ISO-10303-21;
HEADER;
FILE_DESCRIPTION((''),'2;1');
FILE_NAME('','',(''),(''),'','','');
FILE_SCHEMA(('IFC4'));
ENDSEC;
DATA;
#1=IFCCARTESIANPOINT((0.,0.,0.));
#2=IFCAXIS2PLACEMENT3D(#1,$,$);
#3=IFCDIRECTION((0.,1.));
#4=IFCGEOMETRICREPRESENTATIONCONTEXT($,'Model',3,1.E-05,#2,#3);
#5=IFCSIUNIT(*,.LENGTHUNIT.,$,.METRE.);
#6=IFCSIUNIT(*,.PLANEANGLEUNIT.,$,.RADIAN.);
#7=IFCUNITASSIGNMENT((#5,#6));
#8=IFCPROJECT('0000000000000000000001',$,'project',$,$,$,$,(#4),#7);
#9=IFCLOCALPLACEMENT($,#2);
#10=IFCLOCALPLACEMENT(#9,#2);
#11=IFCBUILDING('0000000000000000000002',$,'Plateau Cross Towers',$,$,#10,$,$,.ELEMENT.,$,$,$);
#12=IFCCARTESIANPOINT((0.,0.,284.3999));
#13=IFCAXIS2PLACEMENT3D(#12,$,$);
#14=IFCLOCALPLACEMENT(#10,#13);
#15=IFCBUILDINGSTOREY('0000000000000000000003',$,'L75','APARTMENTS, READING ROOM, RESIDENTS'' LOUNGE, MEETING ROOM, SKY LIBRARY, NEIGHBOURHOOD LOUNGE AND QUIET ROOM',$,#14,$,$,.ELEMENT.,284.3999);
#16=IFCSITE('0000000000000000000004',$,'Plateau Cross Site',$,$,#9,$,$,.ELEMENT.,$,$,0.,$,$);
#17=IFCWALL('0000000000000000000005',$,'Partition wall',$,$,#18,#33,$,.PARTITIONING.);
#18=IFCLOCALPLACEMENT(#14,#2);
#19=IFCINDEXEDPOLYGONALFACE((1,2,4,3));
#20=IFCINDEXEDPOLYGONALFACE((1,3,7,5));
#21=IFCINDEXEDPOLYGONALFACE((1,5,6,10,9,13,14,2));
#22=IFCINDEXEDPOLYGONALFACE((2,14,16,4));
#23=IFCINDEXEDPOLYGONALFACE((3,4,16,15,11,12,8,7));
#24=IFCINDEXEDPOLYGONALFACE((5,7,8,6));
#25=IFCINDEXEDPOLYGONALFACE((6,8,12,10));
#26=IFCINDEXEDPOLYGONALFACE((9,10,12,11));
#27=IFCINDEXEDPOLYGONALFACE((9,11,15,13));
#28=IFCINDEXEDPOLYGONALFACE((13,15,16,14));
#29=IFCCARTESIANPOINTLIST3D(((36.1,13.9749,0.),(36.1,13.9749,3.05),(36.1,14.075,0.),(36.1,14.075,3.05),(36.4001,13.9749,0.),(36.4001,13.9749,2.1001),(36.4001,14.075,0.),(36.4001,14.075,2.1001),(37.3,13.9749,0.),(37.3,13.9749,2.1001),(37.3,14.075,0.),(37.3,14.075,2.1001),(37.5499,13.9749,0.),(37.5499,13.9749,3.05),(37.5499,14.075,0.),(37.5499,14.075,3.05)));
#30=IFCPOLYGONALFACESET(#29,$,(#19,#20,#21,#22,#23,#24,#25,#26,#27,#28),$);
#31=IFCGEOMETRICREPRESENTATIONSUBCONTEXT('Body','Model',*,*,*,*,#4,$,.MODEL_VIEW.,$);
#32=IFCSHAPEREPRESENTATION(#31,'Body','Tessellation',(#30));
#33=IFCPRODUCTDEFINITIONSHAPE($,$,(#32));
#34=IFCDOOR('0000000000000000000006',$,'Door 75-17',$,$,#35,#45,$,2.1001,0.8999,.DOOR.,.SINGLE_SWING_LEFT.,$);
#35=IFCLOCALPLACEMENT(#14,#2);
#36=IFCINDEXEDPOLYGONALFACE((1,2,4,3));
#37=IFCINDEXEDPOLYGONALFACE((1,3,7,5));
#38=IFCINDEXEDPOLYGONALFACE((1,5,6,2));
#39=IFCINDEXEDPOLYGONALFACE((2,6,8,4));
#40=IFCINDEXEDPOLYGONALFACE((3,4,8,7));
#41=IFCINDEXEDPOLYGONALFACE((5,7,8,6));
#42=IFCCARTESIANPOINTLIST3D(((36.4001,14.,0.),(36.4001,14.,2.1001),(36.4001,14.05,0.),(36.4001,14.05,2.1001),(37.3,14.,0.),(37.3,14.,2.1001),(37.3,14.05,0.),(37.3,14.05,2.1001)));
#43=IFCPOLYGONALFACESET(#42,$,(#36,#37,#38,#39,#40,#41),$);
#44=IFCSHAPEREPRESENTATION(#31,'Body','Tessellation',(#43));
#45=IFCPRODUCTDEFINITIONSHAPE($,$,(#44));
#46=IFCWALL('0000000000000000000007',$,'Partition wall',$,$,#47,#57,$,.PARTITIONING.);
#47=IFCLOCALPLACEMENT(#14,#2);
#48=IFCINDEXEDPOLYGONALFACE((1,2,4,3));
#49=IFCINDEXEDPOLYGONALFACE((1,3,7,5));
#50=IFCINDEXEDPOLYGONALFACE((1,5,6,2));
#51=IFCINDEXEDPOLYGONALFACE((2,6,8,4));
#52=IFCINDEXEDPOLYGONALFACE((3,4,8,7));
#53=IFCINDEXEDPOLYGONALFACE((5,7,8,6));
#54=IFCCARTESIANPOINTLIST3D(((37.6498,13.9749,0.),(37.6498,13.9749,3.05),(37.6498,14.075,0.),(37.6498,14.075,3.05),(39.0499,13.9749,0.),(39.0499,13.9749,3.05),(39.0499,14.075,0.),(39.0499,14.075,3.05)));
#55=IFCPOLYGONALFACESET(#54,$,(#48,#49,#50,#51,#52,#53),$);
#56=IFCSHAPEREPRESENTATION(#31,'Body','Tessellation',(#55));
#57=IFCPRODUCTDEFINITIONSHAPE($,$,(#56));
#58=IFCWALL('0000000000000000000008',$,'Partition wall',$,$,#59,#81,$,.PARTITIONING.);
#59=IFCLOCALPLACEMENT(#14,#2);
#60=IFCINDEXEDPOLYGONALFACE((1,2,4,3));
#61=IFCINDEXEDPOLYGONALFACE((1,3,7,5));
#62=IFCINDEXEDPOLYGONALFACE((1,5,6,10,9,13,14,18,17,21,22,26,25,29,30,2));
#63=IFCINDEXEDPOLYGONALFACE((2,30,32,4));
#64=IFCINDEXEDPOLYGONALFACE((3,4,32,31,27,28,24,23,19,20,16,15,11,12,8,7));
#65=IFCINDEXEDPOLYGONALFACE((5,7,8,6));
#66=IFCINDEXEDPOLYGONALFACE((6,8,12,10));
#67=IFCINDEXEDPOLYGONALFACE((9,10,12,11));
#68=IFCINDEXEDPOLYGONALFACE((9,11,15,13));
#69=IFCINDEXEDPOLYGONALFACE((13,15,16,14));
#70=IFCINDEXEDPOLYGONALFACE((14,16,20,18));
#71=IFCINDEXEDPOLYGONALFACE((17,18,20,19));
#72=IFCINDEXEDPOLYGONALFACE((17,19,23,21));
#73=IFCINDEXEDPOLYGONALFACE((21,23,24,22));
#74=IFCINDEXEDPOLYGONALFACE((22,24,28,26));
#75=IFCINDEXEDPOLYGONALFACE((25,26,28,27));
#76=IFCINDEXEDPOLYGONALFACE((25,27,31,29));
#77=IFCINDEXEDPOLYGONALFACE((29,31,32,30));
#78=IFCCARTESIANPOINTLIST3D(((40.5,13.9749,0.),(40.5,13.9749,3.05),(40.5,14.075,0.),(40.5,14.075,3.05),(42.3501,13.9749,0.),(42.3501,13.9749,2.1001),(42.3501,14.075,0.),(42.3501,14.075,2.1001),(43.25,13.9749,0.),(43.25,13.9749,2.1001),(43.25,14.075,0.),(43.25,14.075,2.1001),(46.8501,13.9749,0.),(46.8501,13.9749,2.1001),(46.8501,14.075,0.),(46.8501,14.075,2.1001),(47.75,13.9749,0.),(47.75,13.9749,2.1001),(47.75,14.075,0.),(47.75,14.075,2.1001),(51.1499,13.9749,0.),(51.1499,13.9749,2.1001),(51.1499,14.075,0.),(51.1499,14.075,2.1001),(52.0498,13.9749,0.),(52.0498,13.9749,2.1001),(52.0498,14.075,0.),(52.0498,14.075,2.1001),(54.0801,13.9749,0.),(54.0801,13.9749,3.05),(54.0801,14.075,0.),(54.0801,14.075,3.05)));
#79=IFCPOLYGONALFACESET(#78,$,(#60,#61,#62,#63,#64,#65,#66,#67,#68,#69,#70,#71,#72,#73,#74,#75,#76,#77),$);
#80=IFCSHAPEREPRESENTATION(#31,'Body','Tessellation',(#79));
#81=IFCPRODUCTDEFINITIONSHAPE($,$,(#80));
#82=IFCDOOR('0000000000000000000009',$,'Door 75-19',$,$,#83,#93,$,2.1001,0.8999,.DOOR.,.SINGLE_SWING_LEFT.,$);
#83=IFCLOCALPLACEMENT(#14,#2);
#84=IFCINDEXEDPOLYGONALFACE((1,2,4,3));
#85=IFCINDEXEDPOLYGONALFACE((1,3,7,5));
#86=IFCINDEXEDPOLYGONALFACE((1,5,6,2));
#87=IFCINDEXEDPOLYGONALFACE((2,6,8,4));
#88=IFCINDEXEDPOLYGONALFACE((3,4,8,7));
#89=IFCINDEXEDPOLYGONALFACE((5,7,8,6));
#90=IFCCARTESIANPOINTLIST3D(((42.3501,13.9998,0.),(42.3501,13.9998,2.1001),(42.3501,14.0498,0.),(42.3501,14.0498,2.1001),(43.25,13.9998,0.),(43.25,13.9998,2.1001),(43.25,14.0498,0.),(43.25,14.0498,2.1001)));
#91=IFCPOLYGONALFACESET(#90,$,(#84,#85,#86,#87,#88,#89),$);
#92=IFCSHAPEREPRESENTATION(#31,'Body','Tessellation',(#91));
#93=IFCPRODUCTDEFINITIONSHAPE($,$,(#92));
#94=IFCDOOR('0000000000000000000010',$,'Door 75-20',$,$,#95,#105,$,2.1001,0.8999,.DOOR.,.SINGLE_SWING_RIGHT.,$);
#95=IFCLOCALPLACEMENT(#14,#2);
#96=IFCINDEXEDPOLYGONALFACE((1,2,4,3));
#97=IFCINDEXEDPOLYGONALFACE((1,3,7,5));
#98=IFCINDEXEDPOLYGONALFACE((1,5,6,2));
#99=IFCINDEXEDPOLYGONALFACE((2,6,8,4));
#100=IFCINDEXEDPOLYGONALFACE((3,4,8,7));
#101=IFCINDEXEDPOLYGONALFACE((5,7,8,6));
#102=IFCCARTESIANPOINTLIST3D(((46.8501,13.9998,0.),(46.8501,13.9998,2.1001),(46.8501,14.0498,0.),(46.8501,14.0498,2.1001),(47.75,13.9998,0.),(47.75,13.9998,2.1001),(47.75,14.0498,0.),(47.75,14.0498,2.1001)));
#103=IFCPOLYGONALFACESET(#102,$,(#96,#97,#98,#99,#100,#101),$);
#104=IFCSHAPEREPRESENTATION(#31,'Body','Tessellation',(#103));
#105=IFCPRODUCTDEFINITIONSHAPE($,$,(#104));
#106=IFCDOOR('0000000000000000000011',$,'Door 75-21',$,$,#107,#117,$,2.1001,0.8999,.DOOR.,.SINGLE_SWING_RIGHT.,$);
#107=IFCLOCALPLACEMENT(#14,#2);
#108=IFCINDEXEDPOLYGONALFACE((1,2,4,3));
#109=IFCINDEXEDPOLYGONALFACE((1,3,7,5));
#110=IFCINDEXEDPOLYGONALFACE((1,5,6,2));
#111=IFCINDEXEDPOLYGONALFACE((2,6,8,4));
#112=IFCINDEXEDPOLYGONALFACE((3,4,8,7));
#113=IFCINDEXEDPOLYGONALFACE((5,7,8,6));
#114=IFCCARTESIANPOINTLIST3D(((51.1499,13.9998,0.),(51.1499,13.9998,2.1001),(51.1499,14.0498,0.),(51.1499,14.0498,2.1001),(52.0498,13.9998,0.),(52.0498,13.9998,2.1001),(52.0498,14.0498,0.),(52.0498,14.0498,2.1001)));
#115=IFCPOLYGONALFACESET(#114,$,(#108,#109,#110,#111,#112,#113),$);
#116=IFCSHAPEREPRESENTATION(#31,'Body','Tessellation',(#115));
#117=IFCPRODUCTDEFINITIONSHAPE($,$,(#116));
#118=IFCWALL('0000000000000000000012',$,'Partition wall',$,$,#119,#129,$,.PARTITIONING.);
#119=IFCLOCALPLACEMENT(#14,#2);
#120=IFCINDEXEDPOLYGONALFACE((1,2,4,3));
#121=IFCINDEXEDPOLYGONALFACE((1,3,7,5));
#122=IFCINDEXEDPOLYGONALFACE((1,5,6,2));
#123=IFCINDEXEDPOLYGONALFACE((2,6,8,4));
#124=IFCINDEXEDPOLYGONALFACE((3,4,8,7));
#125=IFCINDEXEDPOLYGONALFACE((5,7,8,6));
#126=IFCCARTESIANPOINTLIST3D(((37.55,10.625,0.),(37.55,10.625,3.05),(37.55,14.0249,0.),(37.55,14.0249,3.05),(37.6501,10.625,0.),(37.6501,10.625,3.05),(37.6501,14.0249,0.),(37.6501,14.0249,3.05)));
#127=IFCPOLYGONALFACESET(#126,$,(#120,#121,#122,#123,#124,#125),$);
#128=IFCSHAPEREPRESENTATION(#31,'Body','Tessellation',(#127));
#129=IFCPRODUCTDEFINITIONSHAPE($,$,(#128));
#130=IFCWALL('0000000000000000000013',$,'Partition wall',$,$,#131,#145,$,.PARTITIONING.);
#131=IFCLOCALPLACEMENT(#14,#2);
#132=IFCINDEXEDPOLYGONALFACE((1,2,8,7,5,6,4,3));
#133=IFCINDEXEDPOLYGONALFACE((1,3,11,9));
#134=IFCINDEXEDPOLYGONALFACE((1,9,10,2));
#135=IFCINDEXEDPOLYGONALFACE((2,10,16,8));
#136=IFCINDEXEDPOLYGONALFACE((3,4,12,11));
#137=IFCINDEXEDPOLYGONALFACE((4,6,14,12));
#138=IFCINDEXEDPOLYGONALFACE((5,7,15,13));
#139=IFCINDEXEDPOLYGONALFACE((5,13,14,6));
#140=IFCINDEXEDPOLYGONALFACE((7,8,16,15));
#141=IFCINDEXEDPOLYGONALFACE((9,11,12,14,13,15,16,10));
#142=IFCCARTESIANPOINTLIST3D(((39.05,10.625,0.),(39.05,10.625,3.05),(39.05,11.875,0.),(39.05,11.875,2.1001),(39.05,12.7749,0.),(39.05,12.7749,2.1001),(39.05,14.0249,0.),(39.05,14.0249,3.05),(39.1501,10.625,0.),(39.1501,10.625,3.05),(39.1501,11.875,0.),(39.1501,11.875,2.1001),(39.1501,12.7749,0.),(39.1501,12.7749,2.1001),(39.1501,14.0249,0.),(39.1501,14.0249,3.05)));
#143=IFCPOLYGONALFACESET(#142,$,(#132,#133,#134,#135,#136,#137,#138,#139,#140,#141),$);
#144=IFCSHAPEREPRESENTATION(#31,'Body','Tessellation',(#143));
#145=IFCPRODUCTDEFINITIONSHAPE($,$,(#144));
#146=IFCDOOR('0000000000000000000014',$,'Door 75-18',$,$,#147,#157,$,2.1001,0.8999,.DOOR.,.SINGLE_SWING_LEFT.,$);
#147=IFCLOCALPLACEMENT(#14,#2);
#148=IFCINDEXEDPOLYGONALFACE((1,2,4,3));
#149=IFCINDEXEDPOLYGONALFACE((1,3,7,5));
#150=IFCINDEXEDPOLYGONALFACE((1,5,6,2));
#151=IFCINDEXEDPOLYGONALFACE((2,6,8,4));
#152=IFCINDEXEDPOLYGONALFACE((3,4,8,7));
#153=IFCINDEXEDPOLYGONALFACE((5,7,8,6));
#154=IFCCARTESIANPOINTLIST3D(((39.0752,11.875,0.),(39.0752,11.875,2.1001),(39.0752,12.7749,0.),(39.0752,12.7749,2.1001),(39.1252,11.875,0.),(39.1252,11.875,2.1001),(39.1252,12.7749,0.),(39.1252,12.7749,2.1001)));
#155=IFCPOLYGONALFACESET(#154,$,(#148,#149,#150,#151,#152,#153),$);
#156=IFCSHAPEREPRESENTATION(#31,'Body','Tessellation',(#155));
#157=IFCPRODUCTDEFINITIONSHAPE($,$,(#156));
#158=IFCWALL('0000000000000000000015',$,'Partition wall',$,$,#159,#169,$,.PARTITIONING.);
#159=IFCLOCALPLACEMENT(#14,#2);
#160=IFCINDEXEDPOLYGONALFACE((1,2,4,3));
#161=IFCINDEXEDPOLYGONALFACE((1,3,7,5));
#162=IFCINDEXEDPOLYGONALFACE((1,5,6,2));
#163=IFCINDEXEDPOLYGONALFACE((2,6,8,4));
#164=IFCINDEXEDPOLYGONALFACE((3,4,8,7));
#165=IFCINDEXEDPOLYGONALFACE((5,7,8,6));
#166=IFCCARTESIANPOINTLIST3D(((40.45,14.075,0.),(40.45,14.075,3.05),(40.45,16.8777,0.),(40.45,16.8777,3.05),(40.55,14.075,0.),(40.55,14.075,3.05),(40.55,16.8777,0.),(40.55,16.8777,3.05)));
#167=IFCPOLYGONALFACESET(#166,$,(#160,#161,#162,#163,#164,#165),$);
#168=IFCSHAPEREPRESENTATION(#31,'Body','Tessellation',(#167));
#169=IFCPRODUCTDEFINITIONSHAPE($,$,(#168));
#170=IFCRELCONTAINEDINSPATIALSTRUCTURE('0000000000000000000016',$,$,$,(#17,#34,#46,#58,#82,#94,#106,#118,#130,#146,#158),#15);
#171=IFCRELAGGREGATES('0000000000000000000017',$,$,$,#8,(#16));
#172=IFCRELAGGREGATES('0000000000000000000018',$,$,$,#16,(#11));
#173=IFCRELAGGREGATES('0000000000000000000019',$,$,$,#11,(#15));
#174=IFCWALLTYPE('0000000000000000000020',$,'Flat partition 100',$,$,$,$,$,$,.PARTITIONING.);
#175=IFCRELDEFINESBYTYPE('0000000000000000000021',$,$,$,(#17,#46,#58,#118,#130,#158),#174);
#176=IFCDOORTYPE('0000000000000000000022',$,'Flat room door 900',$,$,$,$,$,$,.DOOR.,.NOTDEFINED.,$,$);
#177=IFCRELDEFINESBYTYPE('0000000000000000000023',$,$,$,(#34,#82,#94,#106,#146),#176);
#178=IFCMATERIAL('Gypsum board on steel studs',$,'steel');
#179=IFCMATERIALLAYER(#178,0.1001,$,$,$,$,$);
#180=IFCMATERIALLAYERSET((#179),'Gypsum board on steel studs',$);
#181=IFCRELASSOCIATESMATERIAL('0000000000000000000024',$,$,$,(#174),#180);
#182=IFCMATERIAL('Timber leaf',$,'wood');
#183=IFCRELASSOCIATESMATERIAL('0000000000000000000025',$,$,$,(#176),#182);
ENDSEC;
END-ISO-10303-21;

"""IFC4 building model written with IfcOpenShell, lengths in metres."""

from ifc_helpers import new_model, si_unit, direction, frame, frame_2d, origin, place, context, subcontext, project, spatial, rectangle, extrude, material, layer, layer_set, type_object, element, fill, save


model = new_model("IFC4")

# Units and contexts
model_context = context("Model", 3, precision=1e-05, world=origin(), true_north=direction((0.0, 1.0)))
body_context = subcontext(model_context, "Body", "Model", "MODEL_VIEW")
ifc_project = project(units=[si_unit("LENGTHUNIT", "METRE"), si_unit("PLANEANGLEUNIT", "RADIAN")], contexts=[model_context])

# Site, building, storey
site_placement = place(None, origin())
site = spatial("IfcSite", under=ifc_project, at=site_placement, Name="Plateau Cross Site", CompositionType="ELEMENT", RefElevation=0.0)
building_placement = place(site_placement, origin())
building = spatial("IfcBuilding", under=site, at=building_placement, Name="Plateau Cross Towers", CompositionType="ELEMENT")
storey_placement = place(building_placement, frame((0.0, 0.0, 284.3999)))
storey = spatial("IfcBuildingStorey", under=building, at=storey_placement, Name="L75", Description="APARTMENTS, READING ROOM, RESIDENTS' LOUNGE, MEETING ROOM, SKY LIBRARY, NEIGHBOURHOOD LOUNGE AND QUIET ROOM", CompositionType="ELEMENT", Elevation=284.3999)

# Wall, opening, door
ifc_material_1 = material(Name="Gypsum board on steel studs", Category="steel")
ifc_layer_1 = layer(ifc_material_1, 0.1001)
ifc_layer_set_1 = layer_set([ifc_layer_1], Name="Gypsum board on steel studs")
wall_type_1 = type_object("IfcWallType", Name="Flat partition 100", PredefinedType="PARTITIONING", material=ifc_layer_set_1)
wall_1_placement = place(storey_placement, frame((37.55, 14.0249, 0.0), z_axis=(0.0, 0.0, 1.0), x_axis=(-1.0, 0.0, 0.0)))
wall_1 = element("IfcWall", 1, at=wall_1_placement, inside=storey, type_object=wall_type_1, Name="Partition wall", PredefinedType="PARTITIONING", context=body_context, shape_type="SweptSolid", body=[
    extrude(rectangle(XDim=1.45, YDim=0.1001, at=frame_2d((0.7251, 0.0))), origin(), (0.0, 0.0, 1.0), 3.05),
])
opening_1_placement = place(wall_1_placement, frame((0.25, 0.0, 0.0)))
opening_1 = element("IfcOpeningElement", 2, at=opening_1_placement, cuts=wall_1, PredefinedType="OPENING", context=body_context, shape_type="SweptSolid", body=[
    extrude(rectangle(XDim=0.8999, YDim=2.1001, at=frame_2d((0.45, 1.05))), frame((0.0, 0.0601, 0.0), z_axis=(0.0, -1.0, 0.0), x_axis=(1.0, 0.0, 0.0)), (0.0, 0.0, 1.0), 0.1201),
])
ifc_material_2 = material(Name="Timber leaf", Category="wood")
door_type_1 = type_object("IfcDoorType", Name="Flat room door 900", OperationType="NOTDEFINED", PredefinedType="DOOR", material=ifc_material_2)
door_1_placement = place(opening_1_placement, origin())
door_1 = element("IfcDoor", 3, at=door_1_placement, inside=storey, type_object=door_type_1, Name="Door 75-17", OperationType="SINGLE_SWING_LEFT", OverallHeight=2.1001, OverallWidth=0.8999, PredefinedType="DOOR", context=body_context, shape_type="SweptSolid", body=[
    extrude(rectangle(XDim=0.8999, YDim=2.1001, at=frame_2d((0.45, 1.05))), frame((0.0, 0.0249, 0.0), z_axis=(0.0, -1.0, 0.0), x_axis=(1.0, 0.0, 0.0)), (0.0, 0.0, 1.0), 0.05),
])
fill(opening_1, door_1)

# Wall
wall_2_placement = place(storey_placement, frame((39.05, 14.0249, 0.0), z_axis=(0.0, 0.0, 1.0), x_axis=(-1.0, 0.0, 0.0)))
element("IfcWall", 4, at=wall_2_placement, inside=storey, type_object=wall_type_1, Name="Partition wall", PredefinedType="PARTITIONING", context=body_context, shape_type="SweptSolid", body=[
    extrude(rectangle(XDim=1.4001, YDim=0.1001, at=frame_2d((0.7002, 0.0))), origin(), (0.0, 0.0, 1.0), 3.05),
])

# Wall, openings, doors
wall_3_placement = place(storey_placement, frame((40.5, 14.0249, 0.0), z_axis=(0.0, 0.0, 1.0), x_axis=(1.0, 0.0, 0.0)))
wall_3 = element("IfcWall", 5, at=wall_3_placement, inside=storey, type_object=wall_type_1, Name="Partition wall", PredefinedType="PARTITIONING", context=body_context, shape_type="SweptSolid", body=[
    extrude(rectangle(XDim=13.5801, YDim=0.1001, at=frame_2d((6.79, 0.0))), origin(), (0.0, 0.0, 1.0), 3.05),
])
opening_2_placement = place(wall_3_placement, frame((1.8501, 0.0, 0.0)))
opening_2 = element("IfcOpeningElement", 6, at=opening_2_placement, cuts=wall_3, PredefinedType="OPENING", context=body_context, shape_type="SweptSolid", body=[
    extrude(rectangle(XDim=0.8999, YDim=2.1001, at=frame_2d((0.45, 1.05))), frame((0.0, 0.0601, 0.0), z_axis=(0.0, -1.0, 0.0), x_axis=(1.0, 0.0, 0.0)), (0.0, 0.0, 1.0), 0.1201),
])
opening_3_placement = place(wall_3_placement, frame((6.3501, 0.0, 0.0)))
opening_3 = element("IfcOpeningElement", 7, at=opening_3_placement, cuts=wall_3, PredefinedType="OPENING", context=body_context, shape_type="SweptSolid", body=[
    extrude(rectangle(XDim=0.8999, YDim=2.1001, at=frame_2d((0.45, 1.05))), frame((0.0, 0.0601, 0.0), z_axis=(0.0, -1.0, 0.0), x_axis=(1.0, 0.0, 0.0)), (0.0, 0.0, 1.0), 0.1201),
])
opening_4_placement = place(wall_3_placement, frame((10.6499, 0.0, 0.0)))
opening_4 = element("IfcOpeningElement", 8, at=opening_4_placement, cuts=wall_3, PredefinedType="OPENING", context=body_context, shape_type="SweptSolid", body=[
    extrude(rectangle(XDim=0.8999, YDim=2.1001, at=frame_2d((0.45, 1.05))), frame((0.0, 0.0601, 0.0), z_axis=(0.0, -1.0, 0.0), x_axis=(1.0, 0.0, 0.0)), (0.0, 0.0, 1.0), 0.1201),
])
door_2_placement = place(opening_2_placement, origin())
door_2 = element("IfcDoor", 9, at=door_2_placement, inside=storey, type_object=door_type_1, Name="Door 75-19", OperationType="SINGLE_SWING_LEFT", OverallHeight=2.1001, OverallWidth=0.8999, PredefinedType="DOOR", context=body_context, shape_type="SweptSolid", body=[
    extrude(rectangle(XDim=0.8999, YDim=2.1001, at=frame_2d((0.45, 1.05))), frame((0.0, 0.0249, 0.0), z_axis=(0.0, -1.0, 0.0), x_axis=(1.0, 0.0, 0.0)), (0.0, 0.0, 1.0), 0.05),
])
fill(opening_2, door_2)
door_3_placement = place(opening_3_placement, origin())
door_3 = element("IfcDoor", 10, at=door_3_placement, inside=storey, type_object=door_type_1, Name="Door 75-20", OperationType="SINGLE_SWING_RIGHT", OverallHeight=2.1001, OverallWidth=0.8999, PredefinedType="DOOR", context=body_context, shape_type="SweptSolid", body=[
    extrude(rectangle(XDim=0.8999, YDim=2.1001, at=frame_2d((0.45, 1.05))), frame((0.0, 0.0249, 0.0), z_axis=(0.0, -1.0, 0.0), x_axis=(1.0, 0.0, 0.0)), (0.0, 0.0, 1.0), 0.05),
])
fill(opening_3, door_3)
door_4_placement = place(opening_4_placement, origin())
door_4 = element("IfcDoor", 11, at=door_4_placement, inside=storey, type_object=door_type_1, Name="Door 75-21", OperationType="SINGLE_SWING_RIGHT", OverallHeight=2.1001, OverallWidth=0.8999, PredefinedType="DOOR", context=body_context, shape_type="SweptSolid", body=[
    extrude(rectangle(XDim=0.8999, YDim=2.1001, at=frame_2d((0.45, 1.05))), frame((0.0, 0.0249, 0.0), z_axis=(0.0, -1.0, 0.0), x_axis=(1.0, 0.0, 0.0)), (0.0, 0.0, 1.0), 0.05),
])
fill(opening_4, door_4)

# Wall
wall_4_placement = place(storey_placement, frame((37.6001, 10.625, 0.0), z_axis=(0.0, 0.0, 1.0), x_axis=(0.0, 1.0, 0.0)))
element("IfcWall", 12, at=wall_4_placement, inside=storey, type_object=wall_type_1, Name="Partition wall", PredefinedType="PARTITIONING", context=body_context, shape_type="SweptSolid", body=[
    extrude(rectangle(XDim=3.3999, YDim=0.1001, at=frame_2d((1.7, 0.0))), origin(), (0.0, 0.0, 1.0), 3.05),
])

# Wall, opening, door
wall_5_placement = place(storey_placement, frame((39.1001, 10.625, 0.0), z_axis=(0.0, 0.0, 1.0), x_axis=(0.0, 1.0, 0.0)))
wall_5 = element("IfcWall", 13, at=wall_5_placement, inside=storey, type_object=wall_type_1, Name="Partition wall", PredefinedType="PARTITIONING", context=body_context, shape_type="SweptSolid", body=[
    extrude(rectangle(XDim=3.3999, YDim=0.1001, at=frame_2d((1.7, 0.0))), origin(), (0.0, 0.0, 1.0), 3.05),
])
opening_5_placement = place(wall_5_placement, frame((1.25, 0.0, 0.0)))
opening_5 = element("IfcOpeningElement", 14, at=opening_5_placement, cuts=wall_5, PredefinedType="OPENING", context=body_context, shape_type="SweptSolid", body=[
    extrude(rectangle(XDim=0.8999, YDim=2.1001, at=frame_2d((0.45, 1.05))), frame((0.0, 0.0601, 0.0), z_axis=(0.0, -1.0, 0.0), x_axis=(1.0, 0.0, 0.0)), (0.0, 0.0, 1.0), 0.1201),
])
door_5_placement = place(opening_5_placement, origin())
door_5 = element("IfcDoor", 15, at=door_5_placement, inside=storey, type_object=door_type_1, Name="Door 75-18", OperationType="SINGLE_SWING_LEFT", OverallHeight=2.1001, OverallWidth=0.8999, PredefinedType="DOOR", context=body_context, shape_type="SweptSolid", body=[
    extrude(rectangle(XDim=0.8999, YDim=2.1001, at=frame_2d((0.45, 1.05))), frame((0.0, 0.0249, 0.0), z_axis=(0.0, -1.0, 0.0), x_axis=(1.0, 0.0, 0.0)), (0.0, 0.0, 1.0), 0.05),
])
fill(opening_5, door_5)

# Wall
wall_6_placement = place(storey_placement, frame((40.5, 16.8777, 0.0), z_axis=(0.0, 0.0, 1.0), x_axis=(0.0, -1.0, 0.0)))
element("IfcWall", 16, at=wall_6_placement, inside=storey, type_object=wall_type_1, Name="Partition wall", PredefinedType="PARTITIONING", context=body_context, shape_type="SweptSolid", body=[
    extrude(rectangle(XDim=2.8027, YDim=0.1001, at=frame_2d((1.4014, 0.0))), origin(), (0.0, 0.0, 1.0), 3.05),
])

save(model, "model.ifc")
